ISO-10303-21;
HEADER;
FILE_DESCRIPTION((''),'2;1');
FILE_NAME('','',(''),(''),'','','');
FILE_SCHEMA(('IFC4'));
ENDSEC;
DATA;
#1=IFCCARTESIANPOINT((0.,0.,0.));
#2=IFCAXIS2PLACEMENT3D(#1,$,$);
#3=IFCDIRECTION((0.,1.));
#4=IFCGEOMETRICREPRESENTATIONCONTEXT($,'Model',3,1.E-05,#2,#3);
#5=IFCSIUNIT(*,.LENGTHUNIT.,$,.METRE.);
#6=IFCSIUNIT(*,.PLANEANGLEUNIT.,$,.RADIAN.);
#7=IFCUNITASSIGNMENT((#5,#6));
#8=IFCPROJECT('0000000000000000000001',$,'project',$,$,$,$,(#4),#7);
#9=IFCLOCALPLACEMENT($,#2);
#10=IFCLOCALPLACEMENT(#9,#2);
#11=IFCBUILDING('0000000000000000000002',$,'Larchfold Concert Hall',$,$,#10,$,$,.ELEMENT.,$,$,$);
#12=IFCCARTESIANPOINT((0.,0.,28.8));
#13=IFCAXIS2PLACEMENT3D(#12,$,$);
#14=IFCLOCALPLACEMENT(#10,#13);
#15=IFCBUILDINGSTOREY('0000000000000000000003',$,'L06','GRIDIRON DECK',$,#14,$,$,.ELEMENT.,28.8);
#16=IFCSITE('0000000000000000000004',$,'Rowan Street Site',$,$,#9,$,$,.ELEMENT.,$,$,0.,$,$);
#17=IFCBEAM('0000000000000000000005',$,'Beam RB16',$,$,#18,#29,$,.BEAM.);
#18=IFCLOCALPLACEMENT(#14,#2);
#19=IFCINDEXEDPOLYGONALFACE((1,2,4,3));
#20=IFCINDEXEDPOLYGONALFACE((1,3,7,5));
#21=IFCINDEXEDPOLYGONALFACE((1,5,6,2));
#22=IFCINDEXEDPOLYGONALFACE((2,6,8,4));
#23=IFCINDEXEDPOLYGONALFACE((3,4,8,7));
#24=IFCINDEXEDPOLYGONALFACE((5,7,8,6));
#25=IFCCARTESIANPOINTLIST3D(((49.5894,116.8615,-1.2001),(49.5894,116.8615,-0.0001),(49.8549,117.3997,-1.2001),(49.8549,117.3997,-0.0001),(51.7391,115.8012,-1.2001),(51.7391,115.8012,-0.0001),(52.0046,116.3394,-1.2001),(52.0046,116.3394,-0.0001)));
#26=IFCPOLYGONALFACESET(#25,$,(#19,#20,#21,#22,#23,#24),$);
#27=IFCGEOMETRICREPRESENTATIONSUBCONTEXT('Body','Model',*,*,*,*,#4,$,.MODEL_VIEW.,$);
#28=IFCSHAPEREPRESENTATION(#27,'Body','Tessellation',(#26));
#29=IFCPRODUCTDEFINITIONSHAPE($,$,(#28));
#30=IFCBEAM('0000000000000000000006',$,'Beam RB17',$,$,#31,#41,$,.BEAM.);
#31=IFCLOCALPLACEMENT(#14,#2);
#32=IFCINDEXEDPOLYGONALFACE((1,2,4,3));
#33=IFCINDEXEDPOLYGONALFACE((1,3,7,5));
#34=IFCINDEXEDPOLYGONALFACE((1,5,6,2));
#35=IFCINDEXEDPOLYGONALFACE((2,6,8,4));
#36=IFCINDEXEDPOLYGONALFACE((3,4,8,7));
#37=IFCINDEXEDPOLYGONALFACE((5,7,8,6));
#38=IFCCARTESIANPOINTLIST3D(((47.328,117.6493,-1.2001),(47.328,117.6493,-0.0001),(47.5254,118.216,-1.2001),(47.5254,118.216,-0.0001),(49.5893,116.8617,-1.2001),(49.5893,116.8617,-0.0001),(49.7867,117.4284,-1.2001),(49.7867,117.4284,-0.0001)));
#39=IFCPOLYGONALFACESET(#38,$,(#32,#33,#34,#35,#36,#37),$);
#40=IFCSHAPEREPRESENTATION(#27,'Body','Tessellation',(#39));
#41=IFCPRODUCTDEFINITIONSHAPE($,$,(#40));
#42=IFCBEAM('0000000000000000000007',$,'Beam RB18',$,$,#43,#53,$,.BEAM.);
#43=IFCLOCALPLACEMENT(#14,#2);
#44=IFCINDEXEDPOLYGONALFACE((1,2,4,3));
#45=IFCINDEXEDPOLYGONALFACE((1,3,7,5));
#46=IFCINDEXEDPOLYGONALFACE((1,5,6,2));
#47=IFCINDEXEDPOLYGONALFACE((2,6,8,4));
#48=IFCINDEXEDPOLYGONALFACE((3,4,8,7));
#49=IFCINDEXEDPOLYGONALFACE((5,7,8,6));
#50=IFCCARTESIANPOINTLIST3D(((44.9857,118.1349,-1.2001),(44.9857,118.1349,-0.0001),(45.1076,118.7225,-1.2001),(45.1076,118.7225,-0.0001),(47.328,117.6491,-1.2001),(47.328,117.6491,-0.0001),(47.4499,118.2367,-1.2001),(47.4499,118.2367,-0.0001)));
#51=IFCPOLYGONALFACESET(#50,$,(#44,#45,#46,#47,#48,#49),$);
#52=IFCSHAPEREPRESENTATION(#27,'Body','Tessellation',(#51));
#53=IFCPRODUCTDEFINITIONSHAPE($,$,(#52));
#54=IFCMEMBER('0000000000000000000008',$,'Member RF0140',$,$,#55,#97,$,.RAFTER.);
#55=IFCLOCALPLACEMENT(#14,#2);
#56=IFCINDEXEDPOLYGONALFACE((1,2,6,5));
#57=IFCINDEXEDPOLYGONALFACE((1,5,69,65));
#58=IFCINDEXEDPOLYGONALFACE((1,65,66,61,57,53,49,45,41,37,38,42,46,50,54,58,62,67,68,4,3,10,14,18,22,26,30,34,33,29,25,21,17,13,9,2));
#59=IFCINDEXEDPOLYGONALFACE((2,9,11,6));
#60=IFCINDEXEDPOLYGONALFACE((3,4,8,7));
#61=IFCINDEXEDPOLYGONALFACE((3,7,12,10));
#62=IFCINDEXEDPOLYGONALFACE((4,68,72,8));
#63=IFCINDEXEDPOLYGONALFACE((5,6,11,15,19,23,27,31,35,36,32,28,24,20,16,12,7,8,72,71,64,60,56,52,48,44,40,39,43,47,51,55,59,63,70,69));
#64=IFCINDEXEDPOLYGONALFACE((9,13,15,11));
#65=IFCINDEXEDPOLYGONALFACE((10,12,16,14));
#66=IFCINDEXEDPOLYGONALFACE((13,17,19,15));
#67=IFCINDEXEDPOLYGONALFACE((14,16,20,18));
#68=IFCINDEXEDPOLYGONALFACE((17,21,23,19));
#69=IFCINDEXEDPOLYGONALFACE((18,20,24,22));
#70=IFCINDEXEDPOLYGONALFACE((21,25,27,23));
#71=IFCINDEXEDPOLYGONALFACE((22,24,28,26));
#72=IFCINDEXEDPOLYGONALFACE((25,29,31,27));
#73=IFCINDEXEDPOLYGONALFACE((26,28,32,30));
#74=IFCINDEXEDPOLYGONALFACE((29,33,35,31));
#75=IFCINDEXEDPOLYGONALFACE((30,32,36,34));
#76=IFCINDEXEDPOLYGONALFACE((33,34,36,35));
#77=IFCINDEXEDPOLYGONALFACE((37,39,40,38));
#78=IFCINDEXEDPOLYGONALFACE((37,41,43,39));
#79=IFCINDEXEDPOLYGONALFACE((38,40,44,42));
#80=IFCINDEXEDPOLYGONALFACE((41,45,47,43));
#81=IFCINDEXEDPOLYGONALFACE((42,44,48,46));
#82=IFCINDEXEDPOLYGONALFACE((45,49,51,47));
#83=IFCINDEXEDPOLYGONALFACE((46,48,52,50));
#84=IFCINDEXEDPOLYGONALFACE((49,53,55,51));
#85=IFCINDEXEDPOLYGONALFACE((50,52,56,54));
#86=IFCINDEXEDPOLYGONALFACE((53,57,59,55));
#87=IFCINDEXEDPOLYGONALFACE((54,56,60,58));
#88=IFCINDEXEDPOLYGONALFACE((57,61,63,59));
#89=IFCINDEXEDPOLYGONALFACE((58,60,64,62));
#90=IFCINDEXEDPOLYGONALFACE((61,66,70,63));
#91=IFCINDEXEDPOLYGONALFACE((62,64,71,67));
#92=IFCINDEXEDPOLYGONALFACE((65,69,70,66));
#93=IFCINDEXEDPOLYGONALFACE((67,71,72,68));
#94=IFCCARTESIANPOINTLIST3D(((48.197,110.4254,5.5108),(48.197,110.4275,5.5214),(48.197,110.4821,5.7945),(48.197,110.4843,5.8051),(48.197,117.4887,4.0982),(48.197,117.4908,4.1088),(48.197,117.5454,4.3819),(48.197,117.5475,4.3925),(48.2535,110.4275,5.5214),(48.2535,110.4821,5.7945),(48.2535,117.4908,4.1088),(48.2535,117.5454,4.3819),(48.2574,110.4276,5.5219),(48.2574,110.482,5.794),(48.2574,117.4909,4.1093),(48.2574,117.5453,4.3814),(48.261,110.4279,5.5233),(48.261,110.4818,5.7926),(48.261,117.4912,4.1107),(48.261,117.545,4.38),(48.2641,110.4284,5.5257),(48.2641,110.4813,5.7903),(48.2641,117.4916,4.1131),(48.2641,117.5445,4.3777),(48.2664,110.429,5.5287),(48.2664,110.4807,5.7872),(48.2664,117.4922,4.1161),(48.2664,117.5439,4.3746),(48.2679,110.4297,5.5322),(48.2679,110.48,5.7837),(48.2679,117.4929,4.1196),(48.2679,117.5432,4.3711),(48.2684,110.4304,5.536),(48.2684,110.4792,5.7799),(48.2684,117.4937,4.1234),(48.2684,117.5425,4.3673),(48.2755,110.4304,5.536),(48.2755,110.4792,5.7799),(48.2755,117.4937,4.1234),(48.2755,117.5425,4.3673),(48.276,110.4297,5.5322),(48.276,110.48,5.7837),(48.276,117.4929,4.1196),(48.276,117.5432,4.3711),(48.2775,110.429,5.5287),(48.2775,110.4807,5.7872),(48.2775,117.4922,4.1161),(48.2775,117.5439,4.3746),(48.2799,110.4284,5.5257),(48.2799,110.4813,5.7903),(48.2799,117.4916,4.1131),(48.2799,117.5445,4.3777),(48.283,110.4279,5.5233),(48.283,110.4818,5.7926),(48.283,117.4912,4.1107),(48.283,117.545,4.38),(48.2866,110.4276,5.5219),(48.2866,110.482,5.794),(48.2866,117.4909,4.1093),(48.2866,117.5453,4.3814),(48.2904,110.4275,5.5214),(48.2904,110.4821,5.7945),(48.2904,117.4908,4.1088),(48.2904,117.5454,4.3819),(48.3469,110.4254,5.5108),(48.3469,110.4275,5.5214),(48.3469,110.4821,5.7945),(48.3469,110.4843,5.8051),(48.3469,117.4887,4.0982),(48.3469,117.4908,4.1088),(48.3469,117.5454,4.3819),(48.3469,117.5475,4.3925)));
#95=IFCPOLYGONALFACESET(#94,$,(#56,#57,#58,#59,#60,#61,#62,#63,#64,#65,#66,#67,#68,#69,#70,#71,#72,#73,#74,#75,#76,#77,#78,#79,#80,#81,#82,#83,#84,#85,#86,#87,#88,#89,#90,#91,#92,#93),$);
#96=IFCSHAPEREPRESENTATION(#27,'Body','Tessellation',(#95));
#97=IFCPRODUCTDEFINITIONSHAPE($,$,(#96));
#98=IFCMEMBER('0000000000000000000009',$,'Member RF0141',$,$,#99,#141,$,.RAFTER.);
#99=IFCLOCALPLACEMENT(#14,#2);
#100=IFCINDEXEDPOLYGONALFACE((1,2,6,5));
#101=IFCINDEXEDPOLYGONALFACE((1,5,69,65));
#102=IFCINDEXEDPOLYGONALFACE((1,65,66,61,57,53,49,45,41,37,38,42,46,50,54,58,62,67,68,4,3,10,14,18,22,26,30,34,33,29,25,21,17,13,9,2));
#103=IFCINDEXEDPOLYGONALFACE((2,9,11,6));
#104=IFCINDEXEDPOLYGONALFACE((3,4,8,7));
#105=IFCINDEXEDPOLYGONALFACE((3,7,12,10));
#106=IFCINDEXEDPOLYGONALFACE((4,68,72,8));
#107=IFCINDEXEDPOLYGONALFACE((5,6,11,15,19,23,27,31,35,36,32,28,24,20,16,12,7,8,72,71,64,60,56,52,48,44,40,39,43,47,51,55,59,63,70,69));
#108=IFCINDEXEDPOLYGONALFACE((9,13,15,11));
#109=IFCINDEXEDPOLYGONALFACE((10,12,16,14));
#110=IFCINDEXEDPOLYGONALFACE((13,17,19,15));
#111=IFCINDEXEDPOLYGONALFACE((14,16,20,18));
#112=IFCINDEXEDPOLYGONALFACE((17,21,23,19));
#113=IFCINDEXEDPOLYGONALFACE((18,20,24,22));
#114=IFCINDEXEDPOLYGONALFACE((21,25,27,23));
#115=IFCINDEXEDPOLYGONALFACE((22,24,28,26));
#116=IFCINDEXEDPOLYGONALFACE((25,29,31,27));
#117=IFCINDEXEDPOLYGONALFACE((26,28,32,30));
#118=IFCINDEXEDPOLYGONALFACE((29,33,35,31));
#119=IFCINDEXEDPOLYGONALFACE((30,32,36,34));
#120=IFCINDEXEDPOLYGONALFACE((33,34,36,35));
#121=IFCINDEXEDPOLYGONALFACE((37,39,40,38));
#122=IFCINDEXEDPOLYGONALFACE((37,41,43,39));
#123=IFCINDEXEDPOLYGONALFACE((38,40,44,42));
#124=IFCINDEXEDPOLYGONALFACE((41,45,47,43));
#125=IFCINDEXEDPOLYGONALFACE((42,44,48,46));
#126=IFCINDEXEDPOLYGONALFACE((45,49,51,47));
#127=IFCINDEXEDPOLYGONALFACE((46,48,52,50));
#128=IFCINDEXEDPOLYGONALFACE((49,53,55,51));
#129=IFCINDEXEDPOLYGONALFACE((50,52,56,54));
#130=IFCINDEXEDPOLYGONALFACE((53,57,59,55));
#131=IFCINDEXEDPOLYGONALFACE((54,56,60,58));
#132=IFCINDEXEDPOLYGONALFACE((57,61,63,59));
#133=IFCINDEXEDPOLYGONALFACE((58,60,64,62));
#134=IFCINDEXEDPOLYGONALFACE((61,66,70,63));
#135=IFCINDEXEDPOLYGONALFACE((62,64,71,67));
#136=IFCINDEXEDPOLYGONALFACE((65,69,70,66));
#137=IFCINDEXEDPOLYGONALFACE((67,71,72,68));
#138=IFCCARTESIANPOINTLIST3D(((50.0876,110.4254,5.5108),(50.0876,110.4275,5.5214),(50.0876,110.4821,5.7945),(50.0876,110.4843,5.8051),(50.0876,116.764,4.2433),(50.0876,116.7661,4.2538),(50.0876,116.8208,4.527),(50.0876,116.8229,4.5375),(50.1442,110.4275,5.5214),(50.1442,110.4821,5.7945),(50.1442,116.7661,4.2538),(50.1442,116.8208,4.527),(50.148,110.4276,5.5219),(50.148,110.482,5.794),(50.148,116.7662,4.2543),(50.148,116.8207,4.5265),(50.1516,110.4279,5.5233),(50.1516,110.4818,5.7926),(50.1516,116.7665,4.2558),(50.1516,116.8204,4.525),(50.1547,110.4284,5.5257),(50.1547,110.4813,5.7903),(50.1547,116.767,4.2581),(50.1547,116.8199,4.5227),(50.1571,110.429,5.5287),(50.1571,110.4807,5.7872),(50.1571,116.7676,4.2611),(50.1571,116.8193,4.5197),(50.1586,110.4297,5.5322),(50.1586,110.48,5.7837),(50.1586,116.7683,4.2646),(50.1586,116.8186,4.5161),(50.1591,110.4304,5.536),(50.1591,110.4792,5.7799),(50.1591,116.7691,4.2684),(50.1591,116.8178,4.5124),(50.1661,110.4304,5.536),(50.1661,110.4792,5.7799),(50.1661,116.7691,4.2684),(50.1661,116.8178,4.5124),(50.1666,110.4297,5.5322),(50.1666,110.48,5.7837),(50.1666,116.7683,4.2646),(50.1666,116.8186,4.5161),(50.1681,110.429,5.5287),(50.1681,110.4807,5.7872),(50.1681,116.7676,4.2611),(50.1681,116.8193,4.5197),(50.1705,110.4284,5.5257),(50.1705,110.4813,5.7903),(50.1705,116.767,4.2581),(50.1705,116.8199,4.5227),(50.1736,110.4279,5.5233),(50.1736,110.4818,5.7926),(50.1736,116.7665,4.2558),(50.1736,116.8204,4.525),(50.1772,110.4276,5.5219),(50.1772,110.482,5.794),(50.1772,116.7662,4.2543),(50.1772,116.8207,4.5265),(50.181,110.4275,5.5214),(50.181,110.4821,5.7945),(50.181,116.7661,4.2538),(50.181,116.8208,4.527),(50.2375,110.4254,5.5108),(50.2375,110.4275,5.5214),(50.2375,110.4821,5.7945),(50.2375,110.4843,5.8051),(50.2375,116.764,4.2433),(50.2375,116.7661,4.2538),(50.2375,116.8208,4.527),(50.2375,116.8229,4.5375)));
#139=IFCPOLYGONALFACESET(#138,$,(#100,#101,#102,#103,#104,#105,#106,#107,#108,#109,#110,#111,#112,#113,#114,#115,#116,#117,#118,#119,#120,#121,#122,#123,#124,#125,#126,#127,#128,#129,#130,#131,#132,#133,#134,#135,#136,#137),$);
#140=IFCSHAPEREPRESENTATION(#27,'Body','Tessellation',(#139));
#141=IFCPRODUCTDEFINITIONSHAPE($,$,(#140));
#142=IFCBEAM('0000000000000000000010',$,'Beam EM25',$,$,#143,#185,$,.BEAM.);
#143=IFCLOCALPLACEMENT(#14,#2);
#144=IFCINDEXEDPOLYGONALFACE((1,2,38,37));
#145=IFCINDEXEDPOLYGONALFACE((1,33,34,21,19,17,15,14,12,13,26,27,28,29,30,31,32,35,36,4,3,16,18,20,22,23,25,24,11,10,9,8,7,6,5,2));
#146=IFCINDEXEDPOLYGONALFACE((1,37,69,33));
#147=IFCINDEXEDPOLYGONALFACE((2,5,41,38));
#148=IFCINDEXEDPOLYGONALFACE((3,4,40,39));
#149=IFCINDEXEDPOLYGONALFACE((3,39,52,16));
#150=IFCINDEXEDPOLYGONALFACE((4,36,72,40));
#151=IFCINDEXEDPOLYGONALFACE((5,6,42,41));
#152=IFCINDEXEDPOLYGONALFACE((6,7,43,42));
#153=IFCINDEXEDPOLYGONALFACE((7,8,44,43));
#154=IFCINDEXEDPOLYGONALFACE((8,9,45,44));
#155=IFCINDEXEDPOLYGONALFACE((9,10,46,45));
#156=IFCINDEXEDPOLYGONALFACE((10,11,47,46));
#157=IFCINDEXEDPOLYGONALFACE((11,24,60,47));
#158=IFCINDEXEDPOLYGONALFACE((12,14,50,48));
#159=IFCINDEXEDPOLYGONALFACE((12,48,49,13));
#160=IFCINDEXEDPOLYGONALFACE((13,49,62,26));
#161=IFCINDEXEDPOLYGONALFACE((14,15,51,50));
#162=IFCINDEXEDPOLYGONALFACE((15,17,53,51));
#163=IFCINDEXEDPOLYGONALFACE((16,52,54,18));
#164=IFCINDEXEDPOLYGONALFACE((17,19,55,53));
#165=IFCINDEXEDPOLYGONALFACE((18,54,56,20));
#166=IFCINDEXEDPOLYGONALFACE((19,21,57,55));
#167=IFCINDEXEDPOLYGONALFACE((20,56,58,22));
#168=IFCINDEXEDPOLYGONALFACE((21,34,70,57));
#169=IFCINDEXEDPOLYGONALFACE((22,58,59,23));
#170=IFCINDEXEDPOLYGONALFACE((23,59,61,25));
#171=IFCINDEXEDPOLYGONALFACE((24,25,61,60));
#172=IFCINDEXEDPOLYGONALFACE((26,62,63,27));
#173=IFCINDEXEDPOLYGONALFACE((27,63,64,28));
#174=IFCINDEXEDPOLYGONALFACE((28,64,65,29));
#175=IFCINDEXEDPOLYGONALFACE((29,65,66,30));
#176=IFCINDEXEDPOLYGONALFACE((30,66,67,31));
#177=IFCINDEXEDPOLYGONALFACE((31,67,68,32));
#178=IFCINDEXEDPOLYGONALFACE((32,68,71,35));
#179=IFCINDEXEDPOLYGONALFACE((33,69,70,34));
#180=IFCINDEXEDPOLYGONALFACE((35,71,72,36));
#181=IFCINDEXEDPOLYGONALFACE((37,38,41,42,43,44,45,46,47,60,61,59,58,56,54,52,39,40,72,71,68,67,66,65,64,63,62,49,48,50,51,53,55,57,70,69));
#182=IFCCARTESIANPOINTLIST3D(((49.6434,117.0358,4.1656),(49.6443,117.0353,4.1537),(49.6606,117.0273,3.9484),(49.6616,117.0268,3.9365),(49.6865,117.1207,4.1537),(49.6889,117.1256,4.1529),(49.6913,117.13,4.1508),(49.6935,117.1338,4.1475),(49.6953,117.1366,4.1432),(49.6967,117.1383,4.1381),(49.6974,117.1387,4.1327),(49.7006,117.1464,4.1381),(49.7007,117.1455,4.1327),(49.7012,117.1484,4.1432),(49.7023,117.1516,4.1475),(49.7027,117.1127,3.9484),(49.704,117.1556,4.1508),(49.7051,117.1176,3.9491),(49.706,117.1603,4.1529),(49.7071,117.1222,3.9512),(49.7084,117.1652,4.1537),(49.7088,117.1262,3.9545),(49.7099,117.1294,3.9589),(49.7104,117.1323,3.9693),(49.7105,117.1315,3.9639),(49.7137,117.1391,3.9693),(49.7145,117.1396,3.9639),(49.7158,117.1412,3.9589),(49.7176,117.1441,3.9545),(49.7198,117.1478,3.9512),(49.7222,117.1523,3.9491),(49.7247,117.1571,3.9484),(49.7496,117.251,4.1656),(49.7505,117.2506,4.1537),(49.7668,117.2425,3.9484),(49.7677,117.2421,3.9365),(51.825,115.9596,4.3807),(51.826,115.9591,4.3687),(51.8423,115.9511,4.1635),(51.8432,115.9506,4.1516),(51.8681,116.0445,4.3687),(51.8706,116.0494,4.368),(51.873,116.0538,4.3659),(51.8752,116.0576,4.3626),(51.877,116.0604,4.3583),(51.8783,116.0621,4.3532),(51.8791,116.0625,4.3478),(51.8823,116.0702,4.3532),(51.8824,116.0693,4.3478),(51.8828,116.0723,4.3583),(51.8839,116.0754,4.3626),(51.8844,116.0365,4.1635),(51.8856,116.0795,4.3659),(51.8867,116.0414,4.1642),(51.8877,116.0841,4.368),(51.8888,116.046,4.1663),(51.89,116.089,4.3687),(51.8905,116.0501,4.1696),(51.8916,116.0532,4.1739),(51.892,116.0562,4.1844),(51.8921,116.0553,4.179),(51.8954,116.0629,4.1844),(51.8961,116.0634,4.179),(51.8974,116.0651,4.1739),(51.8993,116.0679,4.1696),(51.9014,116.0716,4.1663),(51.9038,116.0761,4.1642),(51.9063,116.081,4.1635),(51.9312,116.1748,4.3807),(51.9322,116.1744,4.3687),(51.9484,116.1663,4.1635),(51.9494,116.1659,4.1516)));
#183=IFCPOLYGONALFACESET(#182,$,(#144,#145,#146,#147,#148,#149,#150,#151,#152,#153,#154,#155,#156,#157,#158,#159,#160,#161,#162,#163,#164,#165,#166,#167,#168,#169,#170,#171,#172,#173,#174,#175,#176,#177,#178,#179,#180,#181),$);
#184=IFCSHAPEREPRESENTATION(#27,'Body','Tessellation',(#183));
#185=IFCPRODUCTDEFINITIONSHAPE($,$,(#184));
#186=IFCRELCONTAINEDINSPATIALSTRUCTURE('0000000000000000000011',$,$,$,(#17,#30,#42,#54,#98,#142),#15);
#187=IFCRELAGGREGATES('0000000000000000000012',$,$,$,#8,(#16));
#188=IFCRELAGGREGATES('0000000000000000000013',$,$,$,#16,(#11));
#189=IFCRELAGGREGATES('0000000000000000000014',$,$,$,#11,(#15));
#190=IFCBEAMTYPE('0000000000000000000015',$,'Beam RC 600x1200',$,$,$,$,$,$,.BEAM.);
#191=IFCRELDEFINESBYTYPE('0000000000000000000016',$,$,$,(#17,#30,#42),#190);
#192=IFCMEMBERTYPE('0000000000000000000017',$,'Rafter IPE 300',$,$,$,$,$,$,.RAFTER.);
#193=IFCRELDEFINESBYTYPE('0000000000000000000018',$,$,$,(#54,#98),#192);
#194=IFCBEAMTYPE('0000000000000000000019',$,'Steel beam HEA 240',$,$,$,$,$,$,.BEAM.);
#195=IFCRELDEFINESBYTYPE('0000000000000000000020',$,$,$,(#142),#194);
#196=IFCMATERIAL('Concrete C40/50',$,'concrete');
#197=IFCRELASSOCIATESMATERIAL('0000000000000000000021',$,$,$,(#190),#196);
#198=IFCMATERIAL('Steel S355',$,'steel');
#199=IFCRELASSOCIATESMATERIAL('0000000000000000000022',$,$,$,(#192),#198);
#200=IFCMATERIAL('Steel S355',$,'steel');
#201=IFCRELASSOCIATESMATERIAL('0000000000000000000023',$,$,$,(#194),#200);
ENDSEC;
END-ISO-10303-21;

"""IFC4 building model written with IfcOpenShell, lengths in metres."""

from ifc_helpers import new_model, si_unit, direction, frame, origin, origin_2d, place, context, subcontext, project, spatial, rectangle, i_section, extrude, material, material_profile, profile_set, type_object, element, save


model = new_model("IFC4")

# Units and contexts
model_context = context("Model", 3, precision=1e-05, world=origin(), true_north=direction((0.0, 1.0)))
body_context = subcontext(model_context, "Body", "Model", "MODEL_VIEW")
ifc_project = project(units=[si_unit("LENGTHUNIT", "METRE"), si_unit("PLANEANGLEUNIT", "RADIAN")], contexts=[model_context])

# Site, building, storey
site_placement = place(None, origin())
site = spatial("IfcSite", under=ifc_project, at=site_placement, Name="Rowan Street Site", CompositionType="ELEMENT", RefElevation=0.0)
building_placement = place(site_placement, origin())
building = spatial("IfcBuilding", under=site, at=building_placement, Name="Larchfold Concert Hall", CompositionType="ELEMENT")
storey_placement = place(building_placement, frame((0.0, 0.0, 28.8)))
storey = spatial("IfcBuildingStorey", under=building, at=storey_placement, Name="L06", Description="GRIDIRON DECK", CompositionType="ELEMENT", Elevation=28.8)

# Beams
ifc_material_1 = material(Name="Concrete C40/50", Category="concrete")
ifc_material_profile_1 = material_profile(ifc_material_1, rectangle(XDim=0.6001, YDim=1.2, at=origin_2d()))
ifc_profile_set_1 = profile_set([ifc_material_profile_1], Name="Concrete C40/50")
beam_type_1 = type_object("IfcBeamType", Name="Beam RC 600x1200", PredefinedType="BEAM", material=ifc_profile_set_1)
beam_1_placement = place(storey_placement, frame((51.8718, 116.0703, -0.6001), z_axis=(-0.896838, 0.442359, 0.0), x_axis=(-0.442359, -0.896838, 0.0)))
element("IfcBeam", 1, at=beam_1_placement, inside=storey, type_object=beam_type_1, Name="Beam RB16", PredefinedType="BEAM", context=body_context, shape_type="SweptSolid", body=[
    extrude(rectangle(XDim=0.6001, YDim=1.2, at=origin_2d()), origin(), (0.0, 0.0, 1.0), 2.397),
])
beam_2_placement = place(storey_placement, frame((49.688, 117.145, -0.6001), z_axis=(-0.944356, 0.328924, 0.0), x_axis=(-0.328924, -0.944356, 0.0)))
element("IfcBeam", 2, at=beam_2_placement, inside=storey, type_object=beam_type_1, Name="Beam RB17", PredefinedType="BEAM", context=body_context, shape_type="SweptSolid", body=[
    extrude(rectangle(XDim=0.6001, YDim=1.2, at=origin_2d()), origin(), (0.0, 0.0, 1.0), 2.3945),
])
beam_3_placement = place(storey_placement, frame((47.3889, 117.9429, -0.6001), z_axis=(-0.979158, 0.203098, 0.0), x_axis=(-0.203098, -0.979158, 0.0)))
element("IfcBeam", 3, at=beam_3_placement, inside=storey, type_object=beam_type_1, Name="Beam RB18", PredefinedType="BEAM", context=body_context, shape_type="SweptSolid", body=[
    extrude(rectangle(XDim=0.6001, YDim=1.2, at=origin_2d()), origin(), (0.0, 0.0, 1.0), 2.3921),
])

# Members
ifc_material_2 = material(Name="Steel S355", Category="steel")
ifc_material_profile_2 = material_profile(ifc_material_2, i_section(OverallWidth=0.1499, OverallDepth=0.3, WebThickness=0.0071, FlangeThickness=0.0107, FilletRadius=0.0149, at=origin_2d()))
ifc_profile_set_2 = profile_set([ifc_material_profile_2], Name="Steel S355")
member_type_1 = type_object("IfcMemberType", Name="Rafter IPE 300", PredefinedType="RAFTER", material=ifc_profile_set_2)
member_1_placement = place(storey_placement, frame((48.272, 110.4548, 5.658), z_axis=(0.0, 0.980582, -0.19611), x_axis=(-1.0, 0.0, 0.0)))
element("IfcMember", 4, at=member_1_placement, inside=storey, type_object=member_type_1, Name="Member RF0140", PredefinedType="RAFTER", context=body_context, shape_type="SweptSolid", body=[
    extrude(i_section(OverallWidth=0.1499, OverallDepth=0.3, WebThickness=0.0071, FlangeThickness=0.0107, FilletRadius=0.0149, at=origin_2d()), origin(), (0.0, 0.0, 1.0), 7.2031),
])
member_2_placement = place(storey_placement, frame((50.1626, 110.4548, 5.658), z_axis=(0.0, 0.980585, -0.196094), x_axis=(-1.0, 0.0, 0.0)))
element("IfcMember", 5, at=member_2_placement, inside=storey, type_object=member_type_1, Name="Member RF0141", PredefinedType="RAFTER", context=body_context, shape_type="SweptSolid", body=[
    extrude(i_section(OverallWidth=0.1499, OverallDepth=0.3, WebThickness=0.0071, FlangeThickness=0.0107, FilletRadius=0.0149, at=origin_2d()), origin(), (0.0, 0.0, 1.0), 6.4641),
])

# Beam
ifc_material_3 = material(Name="Steel S355", Category="steel")
ifc_material_profile_3 = material_profile(ifc_material_3, i_section(OverallWidth=0.24, OverallDepth=0.23, WebThickness=0.0076, FlangeThickness=0.012, FilletRadius=0.021, at=origin_2d()))
ifc_profile_set_3 = profile_set([ifc_material_profile_3], Name="Steel S355")
beam_type_2 = type_object("IfcBeamType", Name="Steel beam HEA 240", PredefinedType="BEAM", material=ifc_profile_set_3)
beam_4_placement = place(storey_placement, frame((51.8872, 116.0627, 4.2661), z_axis=(-0.893338, 0.440671, -0.088074), x_axis=(-0.44239, -0.896823, 0.0)))
element("IfcBeam", 6, at=beam_4_placement, inside=storey, type_object=beam_type_2, Name="Beam EM25", PredefinedType="BEAM", context=body_context, shape_type="SweptSolid", body=[
    extrude(i_section(OverallWidth=0.24, OverallDepth=0.23, WebThickness=0.0076, FlangeThickness=0.012, FilletRadius=0.021, at=origin_2d()), origin(), (0.0, 0.0, 1.0), 2.4421),
])

save(model, "model.ifc")
